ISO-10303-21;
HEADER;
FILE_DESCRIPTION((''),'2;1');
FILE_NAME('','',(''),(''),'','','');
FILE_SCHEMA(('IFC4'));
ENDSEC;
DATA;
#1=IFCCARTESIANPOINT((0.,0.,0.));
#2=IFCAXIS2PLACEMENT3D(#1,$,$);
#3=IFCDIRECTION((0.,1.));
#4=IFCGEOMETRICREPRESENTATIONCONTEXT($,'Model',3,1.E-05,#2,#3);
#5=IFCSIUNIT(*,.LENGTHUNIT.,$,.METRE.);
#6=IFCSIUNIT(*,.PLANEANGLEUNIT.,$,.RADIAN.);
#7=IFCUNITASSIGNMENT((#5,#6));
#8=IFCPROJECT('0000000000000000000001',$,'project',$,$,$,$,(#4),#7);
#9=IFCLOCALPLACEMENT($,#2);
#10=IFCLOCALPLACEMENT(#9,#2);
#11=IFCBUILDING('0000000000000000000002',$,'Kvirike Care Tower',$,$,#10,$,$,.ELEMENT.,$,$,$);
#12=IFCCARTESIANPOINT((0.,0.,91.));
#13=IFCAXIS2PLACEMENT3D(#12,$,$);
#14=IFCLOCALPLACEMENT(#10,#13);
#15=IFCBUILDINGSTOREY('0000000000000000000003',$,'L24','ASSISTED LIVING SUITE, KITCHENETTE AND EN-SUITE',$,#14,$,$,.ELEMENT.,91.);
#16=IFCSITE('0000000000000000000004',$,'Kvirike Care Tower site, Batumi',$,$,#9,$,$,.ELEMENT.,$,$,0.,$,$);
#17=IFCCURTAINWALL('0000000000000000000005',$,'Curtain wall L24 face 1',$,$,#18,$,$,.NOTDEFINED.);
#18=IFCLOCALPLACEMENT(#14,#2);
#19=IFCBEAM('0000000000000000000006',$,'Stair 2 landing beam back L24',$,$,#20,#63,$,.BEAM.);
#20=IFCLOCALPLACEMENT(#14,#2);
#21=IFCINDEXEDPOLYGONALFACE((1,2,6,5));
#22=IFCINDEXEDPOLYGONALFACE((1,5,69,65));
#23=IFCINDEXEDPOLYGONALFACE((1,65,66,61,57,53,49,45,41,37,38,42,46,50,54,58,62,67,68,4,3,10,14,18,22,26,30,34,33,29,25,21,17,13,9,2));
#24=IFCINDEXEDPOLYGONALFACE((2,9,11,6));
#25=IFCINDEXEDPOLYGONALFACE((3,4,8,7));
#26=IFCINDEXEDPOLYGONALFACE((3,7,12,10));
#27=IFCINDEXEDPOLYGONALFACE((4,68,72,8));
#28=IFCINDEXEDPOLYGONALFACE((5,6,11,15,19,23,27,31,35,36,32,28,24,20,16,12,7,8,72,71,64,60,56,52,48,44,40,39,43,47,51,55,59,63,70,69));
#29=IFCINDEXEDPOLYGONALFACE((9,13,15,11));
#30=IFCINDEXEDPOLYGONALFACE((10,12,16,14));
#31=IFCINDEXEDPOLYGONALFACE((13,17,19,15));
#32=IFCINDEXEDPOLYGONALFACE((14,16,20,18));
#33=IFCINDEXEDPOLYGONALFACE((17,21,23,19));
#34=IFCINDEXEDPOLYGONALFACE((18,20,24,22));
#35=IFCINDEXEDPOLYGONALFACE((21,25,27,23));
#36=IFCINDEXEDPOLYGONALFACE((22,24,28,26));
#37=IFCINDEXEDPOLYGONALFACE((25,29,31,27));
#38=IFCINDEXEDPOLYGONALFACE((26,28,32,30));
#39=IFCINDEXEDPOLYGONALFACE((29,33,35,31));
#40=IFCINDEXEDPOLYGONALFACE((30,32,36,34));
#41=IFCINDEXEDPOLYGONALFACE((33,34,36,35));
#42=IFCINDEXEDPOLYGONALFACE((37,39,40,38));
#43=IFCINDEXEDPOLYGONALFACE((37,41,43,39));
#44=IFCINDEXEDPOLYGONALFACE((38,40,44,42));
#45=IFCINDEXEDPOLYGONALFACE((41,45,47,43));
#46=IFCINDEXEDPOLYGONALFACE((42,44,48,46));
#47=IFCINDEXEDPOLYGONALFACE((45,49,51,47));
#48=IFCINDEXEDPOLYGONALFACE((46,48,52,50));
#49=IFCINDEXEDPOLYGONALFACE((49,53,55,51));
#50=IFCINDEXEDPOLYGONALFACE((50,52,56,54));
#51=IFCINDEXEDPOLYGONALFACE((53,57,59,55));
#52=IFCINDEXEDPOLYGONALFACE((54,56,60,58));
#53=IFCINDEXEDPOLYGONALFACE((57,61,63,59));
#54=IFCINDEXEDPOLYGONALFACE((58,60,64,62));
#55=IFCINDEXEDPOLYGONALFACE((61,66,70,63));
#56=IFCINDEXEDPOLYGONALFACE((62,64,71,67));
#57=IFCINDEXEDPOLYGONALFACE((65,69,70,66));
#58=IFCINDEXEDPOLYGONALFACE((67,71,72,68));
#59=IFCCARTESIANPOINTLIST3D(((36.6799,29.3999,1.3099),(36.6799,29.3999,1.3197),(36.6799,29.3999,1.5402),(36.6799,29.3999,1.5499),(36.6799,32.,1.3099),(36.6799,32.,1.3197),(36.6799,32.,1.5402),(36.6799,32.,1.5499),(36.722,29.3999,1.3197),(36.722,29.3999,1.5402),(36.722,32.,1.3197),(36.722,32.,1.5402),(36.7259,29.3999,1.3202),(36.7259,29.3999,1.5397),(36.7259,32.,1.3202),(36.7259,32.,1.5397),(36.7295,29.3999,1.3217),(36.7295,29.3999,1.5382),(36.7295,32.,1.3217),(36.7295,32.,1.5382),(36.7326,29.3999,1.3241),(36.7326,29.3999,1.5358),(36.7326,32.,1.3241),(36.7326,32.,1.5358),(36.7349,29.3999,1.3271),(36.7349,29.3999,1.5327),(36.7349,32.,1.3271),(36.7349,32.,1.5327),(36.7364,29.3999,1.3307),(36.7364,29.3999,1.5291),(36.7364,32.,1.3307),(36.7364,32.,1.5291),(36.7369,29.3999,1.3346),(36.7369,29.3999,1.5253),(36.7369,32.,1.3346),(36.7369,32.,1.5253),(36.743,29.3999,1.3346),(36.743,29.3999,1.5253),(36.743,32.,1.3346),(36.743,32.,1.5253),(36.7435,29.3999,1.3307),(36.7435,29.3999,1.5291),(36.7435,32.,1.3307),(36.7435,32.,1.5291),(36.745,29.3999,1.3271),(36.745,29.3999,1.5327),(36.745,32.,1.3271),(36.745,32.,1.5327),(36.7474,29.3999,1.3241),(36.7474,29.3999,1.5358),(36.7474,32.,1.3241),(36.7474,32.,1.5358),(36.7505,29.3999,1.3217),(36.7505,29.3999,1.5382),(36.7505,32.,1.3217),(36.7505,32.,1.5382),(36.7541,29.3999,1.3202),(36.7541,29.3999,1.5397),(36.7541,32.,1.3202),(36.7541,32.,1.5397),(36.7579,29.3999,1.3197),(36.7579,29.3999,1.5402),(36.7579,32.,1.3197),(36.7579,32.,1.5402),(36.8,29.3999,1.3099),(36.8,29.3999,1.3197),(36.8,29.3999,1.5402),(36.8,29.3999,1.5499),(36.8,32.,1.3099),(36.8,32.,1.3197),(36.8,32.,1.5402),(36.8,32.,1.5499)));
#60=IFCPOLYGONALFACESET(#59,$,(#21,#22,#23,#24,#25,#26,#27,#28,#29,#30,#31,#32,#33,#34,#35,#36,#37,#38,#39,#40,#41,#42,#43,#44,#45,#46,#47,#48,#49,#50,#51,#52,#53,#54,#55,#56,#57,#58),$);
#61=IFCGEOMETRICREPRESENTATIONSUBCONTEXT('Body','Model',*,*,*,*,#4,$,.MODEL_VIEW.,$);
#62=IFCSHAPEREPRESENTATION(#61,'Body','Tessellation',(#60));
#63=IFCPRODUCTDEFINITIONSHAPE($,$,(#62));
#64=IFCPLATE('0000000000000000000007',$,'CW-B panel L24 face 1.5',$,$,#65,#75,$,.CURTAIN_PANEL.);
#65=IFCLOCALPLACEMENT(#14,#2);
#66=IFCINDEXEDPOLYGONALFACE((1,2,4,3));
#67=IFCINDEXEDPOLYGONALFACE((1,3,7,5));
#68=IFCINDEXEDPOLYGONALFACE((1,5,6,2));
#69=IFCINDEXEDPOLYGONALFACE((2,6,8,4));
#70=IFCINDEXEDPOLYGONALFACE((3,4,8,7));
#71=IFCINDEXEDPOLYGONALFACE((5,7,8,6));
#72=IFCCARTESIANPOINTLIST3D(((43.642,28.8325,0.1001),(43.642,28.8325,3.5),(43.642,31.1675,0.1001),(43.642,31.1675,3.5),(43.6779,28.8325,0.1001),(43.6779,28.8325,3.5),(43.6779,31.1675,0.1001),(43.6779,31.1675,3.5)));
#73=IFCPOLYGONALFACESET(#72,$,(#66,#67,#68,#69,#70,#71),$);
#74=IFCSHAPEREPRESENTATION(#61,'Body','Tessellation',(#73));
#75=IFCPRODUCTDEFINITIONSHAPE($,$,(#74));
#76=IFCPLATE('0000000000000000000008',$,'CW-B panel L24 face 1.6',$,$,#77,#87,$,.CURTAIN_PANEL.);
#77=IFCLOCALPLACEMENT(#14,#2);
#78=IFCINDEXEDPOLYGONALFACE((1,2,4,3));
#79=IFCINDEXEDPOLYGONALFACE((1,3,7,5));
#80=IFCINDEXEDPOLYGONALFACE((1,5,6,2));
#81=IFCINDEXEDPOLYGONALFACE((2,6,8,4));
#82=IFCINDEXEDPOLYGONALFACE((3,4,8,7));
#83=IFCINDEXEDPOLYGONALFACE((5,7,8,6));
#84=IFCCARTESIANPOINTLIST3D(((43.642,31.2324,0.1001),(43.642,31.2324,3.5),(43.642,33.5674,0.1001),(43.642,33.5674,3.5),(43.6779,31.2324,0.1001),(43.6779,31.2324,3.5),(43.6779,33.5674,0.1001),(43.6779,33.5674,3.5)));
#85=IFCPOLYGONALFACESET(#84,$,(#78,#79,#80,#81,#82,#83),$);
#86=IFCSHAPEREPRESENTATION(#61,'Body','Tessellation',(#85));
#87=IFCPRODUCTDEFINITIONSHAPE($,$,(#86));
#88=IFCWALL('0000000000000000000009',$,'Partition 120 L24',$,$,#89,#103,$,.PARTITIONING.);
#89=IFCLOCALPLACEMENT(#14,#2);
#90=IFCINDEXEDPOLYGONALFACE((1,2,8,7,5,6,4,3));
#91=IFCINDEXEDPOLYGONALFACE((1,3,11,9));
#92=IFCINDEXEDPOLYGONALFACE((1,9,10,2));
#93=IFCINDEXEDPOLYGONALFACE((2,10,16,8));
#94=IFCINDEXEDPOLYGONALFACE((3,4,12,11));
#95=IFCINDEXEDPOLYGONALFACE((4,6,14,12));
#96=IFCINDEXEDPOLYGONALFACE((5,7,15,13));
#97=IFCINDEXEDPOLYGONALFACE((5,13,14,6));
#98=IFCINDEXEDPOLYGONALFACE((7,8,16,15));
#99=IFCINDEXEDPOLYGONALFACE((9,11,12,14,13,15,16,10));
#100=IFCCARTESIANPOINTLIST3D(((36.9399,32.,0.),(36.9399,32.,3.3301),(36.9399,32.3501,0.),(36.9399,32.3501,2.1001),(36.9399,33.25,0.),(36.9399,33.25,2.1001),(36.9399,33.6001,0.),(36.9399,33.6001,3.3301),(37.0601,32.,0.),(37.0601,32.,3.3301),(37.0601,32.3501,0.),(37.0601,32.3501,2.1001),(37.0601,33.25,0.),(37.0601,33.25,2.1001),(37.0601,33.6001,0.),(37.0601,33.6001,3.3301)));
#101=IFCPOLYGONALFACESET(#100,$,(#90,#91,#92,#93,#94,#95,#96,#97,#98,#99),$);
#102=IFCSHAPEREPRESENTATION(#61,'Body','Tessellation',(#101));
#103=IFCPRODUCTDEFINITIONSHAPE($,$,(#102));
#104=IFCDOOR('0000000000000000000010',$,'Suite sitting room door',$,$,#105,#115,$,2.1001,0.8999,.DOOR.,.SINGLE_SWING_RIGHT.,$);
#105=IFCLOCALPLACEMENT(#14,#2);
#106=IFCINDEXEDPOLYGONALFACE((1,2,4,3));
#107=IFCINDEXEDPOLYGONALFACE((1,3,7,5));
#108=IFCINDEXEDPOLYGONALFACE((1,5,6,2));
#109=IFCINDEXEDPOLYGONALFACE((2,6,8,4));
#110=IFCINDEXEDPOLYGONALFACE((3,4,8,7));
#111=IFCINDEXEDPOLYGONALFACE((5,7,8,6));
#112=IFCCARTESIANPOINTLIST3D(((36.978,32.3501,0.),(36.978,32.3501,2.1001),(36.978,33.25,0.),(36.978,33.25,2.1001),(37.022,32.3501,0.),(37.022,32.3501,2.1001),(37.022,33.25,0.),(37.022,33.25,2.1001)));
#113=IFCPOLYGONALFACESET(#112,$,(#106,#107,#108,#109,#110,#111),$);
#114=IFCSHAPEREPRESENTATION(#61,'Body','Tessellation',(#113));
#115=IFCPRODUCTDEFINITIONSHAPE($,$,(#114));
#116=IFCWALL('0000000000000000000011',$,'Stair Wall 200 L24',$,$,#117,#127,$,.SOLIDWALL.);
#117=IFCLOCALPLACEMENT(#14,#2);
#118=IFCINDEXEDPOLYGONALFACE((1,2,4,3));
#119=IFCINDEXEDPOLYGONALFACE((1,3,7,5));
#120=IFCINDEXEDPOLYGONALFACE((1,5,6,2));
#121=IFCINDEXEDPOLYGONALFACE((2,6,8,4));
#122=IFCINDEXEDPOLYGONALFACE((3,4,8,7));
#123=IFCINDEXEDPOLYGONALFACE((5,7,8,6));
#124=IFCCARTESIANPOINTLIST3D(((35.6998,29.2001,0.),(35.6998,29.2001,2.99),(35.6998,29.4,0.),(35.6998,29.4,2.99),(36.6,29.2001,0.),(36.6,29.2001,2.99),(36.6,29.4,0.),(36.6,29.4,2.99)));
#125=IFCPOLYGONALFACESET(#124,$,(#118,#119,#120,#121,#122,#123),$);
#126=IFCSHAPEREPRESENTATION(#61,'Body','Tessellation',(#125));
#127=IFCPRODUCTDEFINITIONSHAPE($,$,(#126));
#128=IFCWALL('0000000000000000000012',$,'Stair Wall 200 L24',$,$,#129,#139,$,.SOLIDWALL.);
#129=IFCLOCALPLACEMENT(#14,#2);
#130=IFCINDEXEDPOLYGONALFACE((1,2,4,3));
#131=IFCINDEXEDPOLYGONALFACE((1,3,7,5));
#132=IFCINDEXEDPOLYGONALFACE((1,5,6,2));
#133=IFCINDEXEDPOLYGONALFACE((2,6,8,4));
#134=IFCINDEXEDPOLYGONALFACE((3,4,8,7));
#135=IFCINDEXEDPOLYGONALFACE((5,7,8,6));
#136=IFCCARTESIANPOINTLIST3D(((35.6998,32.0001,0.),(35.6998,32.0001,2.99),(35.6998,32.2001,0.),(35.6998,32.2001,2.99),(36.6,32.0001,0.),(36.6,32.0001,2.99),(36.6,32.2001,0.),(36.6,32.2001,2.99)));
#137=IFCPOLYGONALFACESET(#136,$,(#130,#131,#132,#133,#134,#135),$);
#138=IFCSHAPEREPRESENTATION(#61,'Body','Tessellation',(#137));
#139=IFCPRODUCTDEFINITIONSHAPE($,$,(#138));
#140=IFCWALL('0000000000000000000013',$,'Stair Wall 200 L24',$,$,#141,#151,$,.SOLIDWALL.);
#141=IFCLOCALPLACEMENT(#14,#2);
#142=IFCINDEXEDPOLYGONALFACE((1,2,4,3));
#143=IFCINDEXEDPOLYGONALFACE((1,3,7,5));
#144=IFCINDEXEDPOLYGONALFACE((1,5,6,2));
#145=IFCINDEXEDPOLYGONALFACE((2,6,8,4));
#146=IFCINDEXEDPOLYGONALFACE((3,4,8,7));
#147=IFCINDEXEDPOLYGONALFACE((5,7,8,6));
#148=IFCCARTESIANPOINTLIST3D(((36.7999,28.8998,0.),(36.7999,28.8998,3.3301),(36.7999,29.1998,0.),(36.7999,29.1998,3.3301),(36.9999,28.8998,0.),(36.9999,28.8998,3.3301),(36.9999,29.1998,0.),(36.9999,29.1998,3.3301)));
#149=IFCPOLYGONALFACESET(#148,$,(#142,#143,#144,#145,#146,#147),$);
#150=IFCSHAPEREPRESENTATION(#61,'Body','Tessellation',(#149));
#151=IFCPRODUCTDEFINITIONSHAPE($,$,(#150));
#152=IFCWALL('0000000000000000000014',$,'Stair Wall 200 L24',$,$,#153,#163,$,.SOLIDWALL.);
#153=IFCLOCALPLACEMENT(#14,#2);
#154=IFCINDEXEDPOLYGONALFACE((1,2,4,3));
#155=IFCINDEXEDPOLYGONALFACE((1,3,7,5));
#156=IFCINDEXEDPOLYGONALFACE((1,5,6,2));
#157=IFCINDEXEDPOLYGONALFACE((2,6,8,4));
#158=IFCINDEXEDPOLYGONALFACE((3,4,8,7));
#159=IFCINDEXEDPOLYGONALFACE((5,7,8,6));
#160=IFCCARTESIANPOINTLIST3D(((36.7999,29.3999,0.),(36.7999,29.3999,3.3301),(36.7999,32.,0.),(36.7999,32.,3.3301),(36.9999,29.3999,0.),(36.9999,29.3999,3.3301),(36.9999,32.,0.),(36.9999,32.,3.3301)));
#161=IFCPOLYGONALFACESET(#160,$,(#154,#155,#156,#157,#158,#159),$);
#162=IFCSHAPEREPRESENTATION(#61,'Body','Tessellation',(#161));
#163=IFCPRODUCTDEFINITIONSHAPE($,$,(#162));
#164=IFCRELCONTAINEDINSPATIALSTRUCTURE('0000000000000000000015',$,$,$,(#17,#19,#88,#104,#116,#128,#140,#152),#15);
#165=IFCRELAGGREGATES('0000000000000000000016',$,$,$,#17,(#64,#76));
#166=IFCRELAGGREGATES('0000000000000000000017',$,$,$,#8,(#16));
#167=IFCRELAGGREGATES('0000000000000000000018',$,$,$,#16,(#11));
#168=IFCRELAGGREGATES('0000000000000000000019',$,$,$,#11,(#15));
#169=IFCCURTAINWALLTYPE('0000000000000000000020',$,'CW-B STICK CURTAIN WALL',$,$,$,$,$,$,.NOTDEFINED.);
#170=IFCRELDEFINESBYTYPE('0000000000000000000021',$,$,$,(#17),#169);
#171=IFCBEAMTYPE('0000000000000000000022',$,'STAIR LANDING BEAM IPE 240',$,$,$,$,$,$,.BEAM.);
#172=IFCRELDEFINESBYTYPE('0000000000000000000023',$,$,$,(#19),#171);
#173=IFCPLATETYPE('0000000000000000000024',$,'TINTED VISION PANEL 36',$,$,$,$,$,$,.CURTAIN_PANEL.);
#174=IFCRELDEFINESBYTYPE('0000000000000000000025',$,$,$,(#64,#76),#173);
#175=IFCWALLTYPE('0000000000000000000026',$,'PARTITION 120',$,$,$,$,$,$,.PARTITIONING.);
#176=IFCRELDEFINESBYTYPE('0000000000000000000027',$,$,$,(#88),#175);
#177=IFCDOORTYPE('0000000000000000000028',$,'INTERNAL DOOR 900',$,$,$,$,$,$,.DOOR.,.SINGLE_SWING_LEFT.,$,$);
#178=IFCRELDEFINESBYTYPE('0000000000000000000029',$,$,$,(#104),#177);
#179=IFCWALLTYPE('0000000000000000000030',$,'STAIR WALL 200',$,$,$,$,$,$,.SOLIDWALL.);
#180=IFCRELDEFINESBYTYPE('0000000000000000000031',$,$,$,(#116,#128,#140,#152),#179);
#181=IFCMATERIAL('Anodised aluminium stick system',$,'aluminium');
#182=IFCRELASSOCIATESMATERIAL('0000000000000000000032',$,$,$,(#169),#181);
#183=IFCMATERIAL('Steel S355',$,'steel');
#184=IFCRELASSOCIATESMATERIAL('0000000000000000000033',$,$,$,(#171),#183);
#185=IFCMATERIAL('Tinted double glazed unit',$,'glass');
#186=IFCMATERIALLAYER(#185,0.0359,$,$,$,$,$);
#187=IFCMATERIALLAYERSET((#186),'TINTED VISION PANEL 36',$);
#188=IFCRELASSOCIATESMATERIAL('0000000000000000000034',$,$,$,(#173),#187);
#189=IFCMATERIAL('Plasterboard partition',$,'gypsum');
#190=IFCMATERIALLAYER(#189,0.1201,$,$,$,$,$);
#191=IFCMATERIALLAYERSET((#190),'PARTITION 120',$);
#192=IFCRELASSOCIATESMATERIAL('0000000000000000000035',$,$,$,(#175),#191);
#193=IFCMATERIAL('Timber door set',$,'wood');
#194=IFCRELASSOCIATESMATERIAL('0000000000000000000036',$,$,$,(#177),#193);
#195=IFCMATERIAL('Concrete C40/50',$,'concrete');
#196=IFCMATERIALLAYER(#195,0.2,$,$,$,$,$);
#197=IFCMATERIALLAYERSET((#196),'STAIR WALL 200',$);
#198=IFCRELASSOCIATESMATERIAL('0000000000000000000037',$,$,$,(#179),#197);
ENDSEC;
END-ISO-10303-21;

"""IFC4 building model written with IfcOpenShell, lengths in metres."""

from ifc_helpers import new_model, si_unit, direction, frame, frame_2d, origin, origin_2d, place, context, subcontext, project, spatial, rectangle, i_section, extrude, material, layer, layer_set, material_profile, profile_set, type_object, element, fill, aggregate, save


model = new_model("IFC4")

# Units and contexts
model_context = context("Model", 3, precision=1e-05, world=origin(), true_north=direction((0.0, 1.0)))
body_context = subcontext(model_context, "Body", "Model", "MODEL_VIEW")
ifc_project = project(units=[si_unit("LENGTHUNIT", "METRE"), si_unit("PLANEANGLEUNIT", "RADIAN")], contexts=[model_context])

# Site, building, storey
site_placement = place(None, origin())
site = spatial("IfcSite", under=ifc_project, at=site_placement, Name="Kvirike Care Tower site, Batumi", CompositionType="ELEMENT", RefElevation=0.0)
building_placement = place(site_placement, origin())
building = spatial("IfcBuilding", under=site, at=building_placement, Name="Kvirike Care Tower", CompositionType="ELEMENT")
storey_placement = place(building_placement, frame((0.0, 0.0, 91.0)))
storey = spatial("IfcBuildingStorey", under=building, at=storey_placement, Name="L24", Description="ASSISTED LIVING SUITE, KITCHENETTE AND EN-SUITE", CompositionType="ELEMENT", Elevation=91.0)

# Curtain wall
ifc_material_1 = material(Name="Anodised aluminium stick system", Category="aluminium")
curtain_wall_type = type_object("IfcCurtainWallType", Name="CW-B STICK CURTAIN WALL", PredefinedType="NOTDEFINED", material=ifc_material_1)
curtain_wall_placement = place(storey_placement, origin())
curtain_wall = element("IfcCurtainWall", 1, at=curtain_wall_placement, inside=storey, type_object=curtain_wall_type, Name="Curtain wall L24 face 1", PredefinedType="NOTDEFINED")

# Beam
ifc_material_2 = material(Name="Steel S355", Category="steel")
ifc_material_profile_1 = material_profile(ifc_material_2, i_section(OverallWidth=0.1201, OverallDepth=0.24, WebThickness=0.0061, FlangeThickness=0.0098, FilletRadius=0.0149, at=origin_2d()), Name="IPE 240")
ifc_profile_set_1 = profile_set([ifc_material_profile_1], Name="Steel S355")
beam_type_1 = type_object("IfcBeamType", Name="STAIR LANDING BEAM IPE 240", PredefinedType="BEAM", material=ifc_profile_set_1)
beam_1_placement = place(storey_placement, frame((36.74, 29.3999, 1.4299), z_axis=(0.0, 1.0, 0.0), x_axis=(-1.0, 0.0, 0.0)))
element("IfcBeam", 2, at=beam_1_placement, inside=storey, type_object=beam_type_1, Name="Stair 2 landing beam back L24", PredefinedType="BEAM", context=body_context, shape_type="SweptSolid", body=[
    extrude(i_section(OverallWidth=0.1201, OverallDepth=0.24, WebThickness=0.0061, FlangeThickness=0.0098, FilletRadius=0.0149, at=origin_2d()), origin(), (0.0, 0.0, 1.0), 2.6001),
])

# Plates
ifc_material_3 = material(Name="Tinted double glazed unit", Category="glass")
ifc_layer_1 = layer(ifc_material_3, 0.0359)
ifc_layer_set_1 = layer_set([ifc_layer_1], Name="TINTED VISION PANEL 36")
plate_type = type_object("IfcPlateType", Name="TINTED VISION PANEL 36", PredefinedType="CURTAIN_PANEL", material=ifc_layer_set_1)
plate_1_placement = place(storey_placement, frame((43.6599, 30.0, 0.1001), z_axis=(0.0, 0.0, 1.0), x_axis=(0.0, 1.0, 0.0)))
plate_1 = element("IfcPlate", 3, at=plate_1_placement, type_object=plate_type, Name="CW-B panel L24 face 1.5", PredefinedType="CURTAIN_PANEL", context=body_context, shape_type="SweptSolid", body=[
    extrude(rectangle(XDim=2.335, YDim=0.0359, at=origin_2d()), origin(), (0.0, 0.0, 1.0), 3.3999),
])
plate_2_placement = place(storey_placement, frame((43.6599, 32.3999, 0.1001), z_axis=(0.0, 0.0, 1.0), x_axis=(0.0, 1.0, 0.0)))
plate_2 = element("IfcPlate", 4, at=plate_2_placement, type_object=plate_type, Name="CW-B panel L24 face 1.6", PredefinedType="CURTAIN_PANEL", context=body_context, shape_type="SweptSolid", body=[
    extrude(rectangle(XDim=2.335, YDim=0.0359, at=origin_2d()), origin(), (0.0, 0.0, 1.0), 3.3999),
])
aggregate(curtain_wall, [plate_1, plate_2])

# Wall, opening, door
ifc_material_4 = material(Name="Plasterboard partition", Category="gypsum")
ifc_layer_2 = layer(ifc_material_4, 0.1201)
ifc_layer_set_2 = layer_set([ifc_layer_2], Name="PARTITION 120")
wall_type_1 = type_object("IfcWallType", Name="PARTITION 120", PredefinedType="PARTITIONING", material=ifc_layer_set_2)
wall_1_placement = place(storey_placement, frame((37.0, 32.0, 0.0), z_axis=(0.0, 0.0, 1.0), x_axis=(0.0, 1.0, 0.0)))
wall_1 = element("IfcWall", 5, at=wall_1_placement, inside=storey, type_object=wall_type_1, Name="Partition 120 L24", PredefinedType="PARTITIONING", context=body_context, shape_type="SweptSolid", body=[
    extrude(rectangle(XDim=1.6001, YDim=0.1201, at=frame_2d((0.8, 0.0))), origin(), (0.0, 0.0, 1.0), 3.3301),
])
opening_placement = place(wall_1_placement, frame((0.3501, 0.0, 0.0)))
opening = element("IfcOpeningElement", 6, at=opening_placement, cuts=wall_1, PredefinedType="OPENING", context=body_context, shape_type="SweptSolid", body=[
    extrude(rectangle(XDim=0.8999, YDim=2.1001, at=frame_2d((0.45, 1.05))), frame((0.0, 0.0706, 0.0), z_axis=(0.0, -1.0, 0.0), x_axis=(1.0, 0.0, 0.0)), (0.0, 0.0, 1.0), 0.1411),
])
ifc_material_5 = material(Name="Timber door set", Category="wood")
door_type = type_object("IfcDoorType", Name="INTERNAL DOOR 900", OperationType="SINGLE_SWING_LEFT", PredefinedType="DOOR", material=ifc_material_5)
door_placement = place(opening_placement, origin())
door = element("IfcDoor", 7, at=door_placement, inside=storey, type_object=door_type, Name="Suite sitting room door", OperationType="SINGLE_SWING_RIGHT", OverallHeight=2.1001, OverallWidth=0.8999, PredefinedType="DOOR", context=body_context, shape_type="SweptSolid", body=[
    extrude(rectangle(XDim=0.8999, YDim=2.1001, at=frame_2d((0.45, 1.05))), frame((0.0, 0.022, 0.0), z_axis=(0.0, -1.0, 0.0), x_axis=(1.0, 0.0, 0.0)), (0.0, 0.0, 1.0), 0.0439),
])
fill(opening, door)

# Walls
ifc_material_6 = material(Name="Concrete C40/50", Category="concrete")
ifc_layer_3 = layer(ifc_material_6, 0.2)
ifc_layer_set_3 = layer_set([ifc_layer_3], Name="STAIR WALL 200")
wall_type_2 = type_object("IfcWallType", Name="STAIR WALL 200", PredefinedType="SOLIDWALL", material=ifc_layer_set_3)
for number, where, z_axis, x_axis, name in (
    (8, (36.6001, 29.3, 0.0), (0.0, 0.0, 1.0), (-1.0, 0.0, 0.0), "Stair Wall 200 L24"),
    (9, (36.6001, 32.1001, 0.0), (0.0, 0.0, 1.0), (-1.0, 0.0, 0.0), "Stair Wall 200 L24"),
):
    element("IfcWall", number, at=place(storey_placement, frame(where, z_axis=z_axis, x_axis=x_axis)), inside=storey, type_object=wall_type_2, Name=name, PredefinedType="SOLIDWALL", context=body_context, shape_type="SweptSolid", body=[
        extrude(rectangle(XDim=0.9001, YDim=0.2, at=frame_2d((0.4502, 0.0))), origin(), (0.0, 0.0, 1.0), 2.99),
    ])
wall_2_placement = place(storey_placement, frame((36.8999, 28.8999, 0.0), z_axis=(0.0, 0.0, 1.0), x_axis=(0.0, 1.0, 0.0)))
element("IfcWall", 10, at=wall_2_placement, inside=storey, type_object=wall_type_2, Name="Stair Wall 200 L24", PredefinedType="SOLIDWALL", context=body_context, shape_type="SweptSolid", body=[
    extrude(rectangle(XDim=0.3, YDim=0.2, at=frame_2d((0.1499, 0.0))), origin(), (0.0, 0.0, 1.0), 3.3301),
])
wall_3_placement = place(storey_placement, frame((36.8999, 29.3999, 0.0), z_axis=(0.0, 0.0, 1.0), x_axis=(0.0, 1.0, 0.0)))
element("IfcWall", 11, at=wall_3_placement, inside=storey, type_object=wall_type_2, Name="Stair Wall 200 L24", PredefinedType="SOLIDWALL", context=body_context, shape_type="SweptSolid", body=[
    extrude(rectangle(XDim=2.6001, YDim=0.2, at=frame_2d((1.3, 0.0))), origin(), (0.0, 0.0, 1.0), 3.3301),
])

save(model, "model.ifc")
